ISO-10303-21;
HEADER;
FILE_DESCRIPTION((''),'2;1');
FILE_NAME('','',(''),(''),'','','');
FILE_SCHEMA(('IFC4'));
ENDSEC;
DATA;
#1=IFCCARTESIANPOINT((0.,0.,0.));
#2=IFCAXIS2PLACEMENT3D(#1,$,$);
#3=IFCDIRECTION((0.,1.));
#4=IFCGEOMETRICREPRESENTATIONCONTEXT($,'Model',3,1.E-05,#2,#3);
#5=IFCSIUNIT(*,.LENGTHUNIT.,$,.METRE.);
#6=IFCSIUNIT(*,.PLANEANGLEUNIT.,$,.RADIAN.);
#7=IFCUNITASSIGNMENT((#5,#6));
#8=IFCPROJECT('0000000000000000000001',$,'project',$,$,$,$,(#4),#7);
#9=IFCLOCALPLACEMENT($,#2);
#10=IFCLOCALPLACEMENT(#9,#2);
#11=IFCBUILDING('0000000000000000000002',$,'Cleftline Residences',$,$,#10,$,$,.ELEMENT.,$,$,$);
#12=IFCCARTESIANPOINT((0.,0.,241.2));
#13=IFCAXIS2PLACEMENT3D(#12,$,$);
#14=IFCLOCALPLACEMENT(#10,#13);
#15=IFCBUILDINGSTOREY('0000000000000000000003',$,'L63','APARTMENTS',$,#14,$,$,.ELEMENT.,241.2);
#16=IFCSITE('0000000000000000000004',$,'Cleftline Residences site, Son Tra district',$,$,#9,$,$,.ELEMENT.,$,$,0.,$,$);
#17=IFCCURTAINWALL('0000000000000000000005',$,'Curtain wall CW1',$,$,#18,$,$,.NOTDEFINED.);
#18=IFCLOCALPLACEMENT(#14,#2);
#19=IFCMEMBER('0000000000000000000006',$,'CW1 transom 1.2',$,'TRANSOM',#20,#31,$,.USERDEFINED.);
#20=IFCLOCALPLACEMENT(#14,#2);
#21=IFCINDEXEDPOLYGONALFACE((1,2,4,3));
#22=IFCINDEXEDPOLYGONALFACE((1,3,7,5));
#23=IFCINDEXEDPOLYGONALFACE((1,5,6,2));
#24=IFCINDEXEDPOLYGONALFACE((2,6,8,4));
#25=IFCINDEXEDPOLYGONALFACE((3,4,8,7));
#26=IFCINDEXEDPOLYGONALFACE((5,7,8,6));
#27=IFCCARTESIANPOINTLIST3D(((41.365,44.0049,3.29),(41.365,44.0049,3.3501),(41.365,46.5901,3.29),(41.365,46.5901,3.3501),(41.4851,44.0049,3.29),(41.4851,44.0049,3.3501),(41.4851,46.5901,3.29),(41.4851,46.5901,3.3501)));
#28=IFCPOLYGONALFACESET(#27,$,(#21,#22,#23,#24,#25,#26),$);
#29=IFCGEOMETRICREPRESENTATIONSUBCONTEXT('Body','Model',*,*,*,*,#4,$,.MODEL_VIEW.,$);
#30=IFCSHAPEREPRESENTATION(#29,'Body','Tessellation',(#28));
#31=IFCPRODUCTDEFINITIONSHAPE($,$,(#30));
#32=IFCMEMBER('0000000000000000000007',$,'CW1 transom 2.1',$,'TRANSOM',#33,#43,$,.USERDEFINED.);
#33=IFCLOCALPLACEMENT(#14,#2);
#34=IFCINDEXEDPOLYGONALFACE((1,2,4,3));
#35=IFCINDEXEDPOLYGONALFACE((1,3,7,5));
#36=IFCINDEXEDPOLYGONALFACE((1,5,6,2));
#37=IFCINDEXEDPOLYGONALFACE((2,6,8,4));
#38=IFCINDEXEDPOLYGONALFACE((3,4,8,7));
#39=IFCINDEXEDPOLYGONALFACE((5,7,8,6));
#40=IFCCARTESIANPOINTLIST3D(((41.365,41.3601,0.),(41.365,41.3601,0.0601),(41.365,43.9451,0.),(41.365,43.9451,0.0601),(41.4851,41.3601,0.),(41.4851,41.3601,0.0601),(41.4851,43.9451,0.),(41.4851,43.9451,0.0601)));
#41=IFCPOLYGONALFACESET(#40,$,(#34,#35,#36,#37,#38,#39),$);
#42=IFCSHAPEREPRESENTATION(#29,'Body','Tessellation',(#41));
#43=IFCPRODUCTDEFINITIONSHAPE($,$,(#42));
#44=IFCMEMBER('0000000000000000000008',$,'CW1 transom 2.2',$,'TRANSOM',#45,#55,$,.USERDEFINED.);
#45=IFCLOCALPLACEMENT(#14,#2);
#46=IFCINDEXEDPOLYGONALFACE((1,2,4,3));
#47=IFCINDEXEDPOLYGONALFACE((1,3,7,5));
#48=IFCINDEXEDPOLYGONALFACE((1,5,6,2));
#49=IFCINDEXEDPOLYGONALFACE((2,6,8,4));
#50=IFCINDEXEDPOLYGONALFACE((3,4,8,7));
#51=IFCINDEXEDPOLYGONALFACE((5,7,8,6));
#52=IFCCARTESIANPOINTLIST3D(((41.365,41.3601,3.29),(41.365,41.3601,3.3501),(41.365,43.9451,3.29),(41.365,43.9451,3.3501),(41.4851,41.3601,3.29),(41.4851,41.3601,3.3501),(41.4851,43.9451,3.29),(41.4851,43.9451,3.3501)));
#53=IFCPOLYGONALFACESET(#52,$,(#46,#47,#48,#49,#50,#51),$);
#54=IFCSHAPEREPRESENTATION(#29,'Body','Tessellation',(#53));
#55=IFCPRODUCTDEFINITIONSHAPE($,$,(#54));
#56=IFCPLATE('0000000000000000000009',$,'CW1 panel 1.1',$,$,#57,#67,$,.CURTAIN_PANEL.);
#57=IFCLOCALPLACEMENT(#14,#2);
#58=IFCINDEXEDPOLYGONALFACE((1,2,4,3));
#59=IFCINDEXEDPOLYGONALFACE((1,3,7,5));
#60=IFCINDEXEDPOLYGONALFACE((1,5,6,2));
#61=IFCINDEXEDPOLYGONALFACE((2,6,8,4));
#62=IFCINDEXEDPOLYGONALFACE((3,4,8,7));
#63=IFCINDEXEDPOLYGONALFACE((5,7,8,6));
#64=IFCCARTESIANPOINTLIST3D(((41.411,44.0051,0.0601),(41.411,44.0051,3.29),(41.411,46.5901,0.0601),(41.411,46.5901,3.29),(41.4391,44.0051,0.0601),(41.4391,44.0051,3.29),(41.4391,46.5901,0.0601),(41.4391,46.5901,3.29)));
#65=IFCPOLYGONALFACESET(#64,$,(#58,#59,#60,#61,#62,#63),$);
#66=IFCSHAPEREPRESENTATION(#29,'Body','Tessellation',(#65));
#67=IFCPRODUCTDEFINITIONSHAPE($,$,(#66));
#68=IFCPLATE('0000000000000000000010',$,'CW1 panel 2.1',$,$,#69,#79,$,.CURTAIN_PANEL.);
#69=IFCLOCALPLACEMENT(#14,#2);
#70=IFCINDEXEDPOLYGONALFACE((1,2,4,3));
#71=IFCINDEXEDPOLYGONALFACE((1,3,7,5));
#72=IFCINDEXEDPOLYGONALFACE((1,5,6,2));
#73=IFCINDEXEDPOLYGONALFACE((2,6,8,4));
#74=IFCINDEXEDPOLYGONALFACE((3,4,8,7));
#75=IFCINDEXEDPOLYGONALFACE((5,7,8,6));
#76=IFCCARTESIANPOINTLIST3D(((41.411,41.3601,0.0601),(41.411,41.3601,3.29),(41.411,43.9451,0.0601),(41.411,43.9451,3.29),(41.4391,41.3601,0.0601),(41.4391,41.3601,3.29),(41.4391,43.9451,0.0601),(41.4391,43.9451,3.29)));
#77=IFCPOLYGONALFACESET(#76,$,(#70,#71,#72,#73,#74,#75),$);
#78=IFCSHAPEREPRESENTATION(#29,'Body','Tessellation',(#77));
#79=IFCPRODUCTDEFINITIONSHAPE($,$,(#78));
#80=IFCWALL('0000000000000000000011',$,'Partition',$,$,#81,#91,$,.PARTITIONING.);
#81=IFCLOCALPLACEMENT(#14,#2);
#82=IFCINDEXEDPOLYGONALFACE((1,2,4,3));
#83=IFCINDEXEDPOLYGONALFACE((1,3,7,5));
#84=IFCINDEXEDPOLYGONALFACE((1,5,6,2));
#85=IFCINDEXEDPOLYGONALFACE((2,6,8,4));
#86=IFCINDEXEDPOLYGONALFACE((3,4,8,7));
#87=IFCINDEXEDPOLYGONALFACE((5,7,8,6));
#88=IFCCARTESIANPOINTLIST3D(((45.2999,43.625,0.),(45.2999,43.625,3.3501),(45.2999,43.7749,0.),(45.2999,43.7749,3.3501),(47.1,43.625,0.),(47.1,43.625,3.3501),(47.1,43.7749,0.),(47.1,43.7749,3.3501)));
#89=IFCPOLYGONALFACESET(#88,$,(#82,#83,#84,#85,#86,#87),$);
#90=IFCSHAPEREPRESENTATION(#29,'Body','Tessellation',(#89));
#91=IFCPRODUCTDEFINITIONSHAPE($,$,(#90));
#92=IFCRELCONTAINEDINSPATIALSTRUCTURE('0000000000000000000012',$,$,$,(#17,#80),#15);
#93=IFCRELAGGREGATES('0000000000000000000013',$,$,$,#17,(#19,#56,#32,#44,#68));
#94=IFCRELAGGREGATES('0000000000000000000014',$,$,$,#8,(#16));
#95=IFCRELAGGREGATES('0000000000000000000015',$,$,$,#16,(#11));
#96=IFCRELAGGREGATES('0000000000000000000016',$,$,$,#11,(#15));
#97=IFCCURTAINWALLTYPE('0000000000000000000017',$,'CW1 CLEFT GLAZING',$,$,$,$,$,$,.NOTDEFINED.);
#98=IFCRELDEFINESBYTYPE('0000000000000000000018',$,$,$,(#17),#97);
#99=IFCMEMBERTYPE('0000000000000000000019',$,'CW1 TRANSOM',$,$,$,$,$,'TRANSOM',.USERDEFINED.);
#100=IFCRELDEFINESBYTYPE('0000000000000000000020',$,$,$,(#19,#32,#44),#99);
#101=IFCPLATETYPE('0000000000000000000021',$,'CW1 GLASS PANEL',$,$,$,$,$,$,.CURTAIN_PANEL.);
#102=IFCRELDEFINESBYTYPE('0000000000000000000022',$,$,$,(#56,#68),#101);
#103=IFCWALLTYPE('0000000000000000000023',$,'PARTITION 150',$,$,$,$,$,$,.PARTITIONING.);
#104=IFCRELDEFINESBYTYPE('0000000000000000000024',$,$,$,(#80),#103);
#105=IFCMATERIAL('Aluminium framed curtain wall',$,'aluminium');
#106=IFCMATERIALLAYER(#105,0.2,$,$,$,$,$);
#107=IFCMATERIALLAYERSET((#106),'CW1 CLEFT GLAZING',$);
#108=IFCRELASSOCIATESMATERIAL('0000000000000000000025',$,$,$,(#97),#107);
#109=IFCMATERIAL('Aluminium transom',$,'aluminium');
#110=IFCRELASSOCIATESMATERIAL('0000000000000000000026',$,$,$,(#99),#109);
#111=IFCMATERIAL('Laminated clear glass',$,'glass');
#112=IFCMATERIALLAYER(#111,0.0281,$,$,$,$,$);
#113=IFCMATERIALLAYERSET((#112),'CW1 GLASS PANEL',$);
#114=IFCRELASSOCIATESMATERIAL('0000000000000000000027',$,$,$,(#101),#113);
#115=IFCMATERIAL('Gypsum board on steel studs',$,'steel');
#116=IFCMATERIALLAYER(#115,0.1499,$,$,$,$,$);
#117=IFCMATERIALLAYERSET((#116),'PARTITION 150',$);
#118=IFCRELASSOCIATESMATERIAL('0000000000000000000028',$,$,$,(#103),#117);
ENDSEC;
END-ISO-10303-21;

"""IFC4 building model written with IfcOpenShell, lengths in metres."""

from ifc_helpers import new_model, si_unit, direction, frame, frame_2d, origin, origin_2d, place, context, subcontext, project, spatial, rectangle, extrude, material, layer, layer_set, material_profile, profile_set, type_object, element, aggregate, save


model = new_model("IFC4")

# Units and contexts
model_context = context("Model", 3, precision=1e-05, world=origin(), true_north=direction((0.0, 1.0)))
body_context = subcontext(model_context, "Body", "Model", "MODEL_VIEW")
ifc_project = project(units=[si_unit("LENGTHUNIT", "METRE"), si_unit("PLANEANGLEUNIT", "RADIAN")], contexts=[model_context])

# Site, building, storey
site_placement = place(None, origin())
site = spatial("IfcSite", under=ifc_project, at=site_placement, Name="Cleftline Residences site, Son Tra district", CompositionType="ELEMENT", RefElevation=0.0)
building_placement = place(site_placement, origin())
building = spatial("IfcBuilding", under=site, at=building_placement, Name="Cleftline Residences", CompositionType="ELEMENT")
storey_placement = place(building_placement, frame((0.0, 0.0, 241.2)))
storey = spatial("IfcBuildingStorey", under=building, at=storey_placement, Name="L63", Description="APARTMENTS", CompositionType="ELEMENT", Elevation=241.2)

# Curtain wall, members, plates
ifc_material_1 = material(Name="Aluminium framed curtain wall", Category="aluminium")
ifc_layer_1 = layer(ifc_material_1, 0.2)
ifc_layer_set_1 = layer_set([ifc_layer_1], Name="CW1 CLEFT GLAZING")
curtain_wall_type = type_object("IfcCurtainWallType", Name="CW1 CLEFT GLAZING", PredefinedType="NOTDEFINED", material=ifc_layer_set_1)
curtain_wall_placement = place(storey_placement, origin())
curtain_wall = element("IfcCurtainWall", 1, at=curtain_wall_placement, inside=storey, type_object=curtain_wall_type, Name="Curtain wall CW1", PredefinedType="NOTDEFINED")
ifc_material_2 = material(Name="Aluminium transom", Category="aluminium")
ifc_material_profile_1 = material_profile(ifc_material_2, rectangle(XDim=0.1201, YDim=0.0601, at=origin_2d()))
ifc_profile_set_1 = profile_set([ifc_material_profile_1], Name="Aluminium transom")
member_type_1 = type_object("IfcMemberType", Name="CW1 TRANSOM", ElementType="TRANSOM", PredefinedType="USERDEFINED", material=ifc_profile_set_1)
member_1_placement = place(storey_placement, frame((41.425, 46.5901, 3.3201), z_axis=(0.0, -1.0, 0.0), x_axis=(1.0, 0.0, 0.0)))
member_1 = element("IfcMember", 2, at=member_1_placement, type_object=member_type_1, Name="CW1 transom 1.2", ObjectType="TRANSOM", PredefinedType="USERDEFINED", context=body_context, shape_type="SweptSolid", body=[
    extrude(rectangle(XDim=0.1201, YDim=0.0601, at=origin_2d()), origin(), (0.0, 0.0, 1.0), 2.5852),
])
member_2_placement = place(storey_placement, frame((41.425, 43.9451, 0.03), z_axis=(0.0, -1.0, 0.0), x_axis=(1.0, 0.0, 0.0)))
member_2 = element("IfcMember", 3, at=member_2_placement, type_object=member_type_1, Name="CW1 transom 2.1", ObjectType="TRANSOM", PredefinedType="USERDEFINED", context=body_context, shape_type="SweptSolid", body=[
    extrude(rectangle(XDim=0.1201, YDim=0.0601, at=origin_2d()), origin(), (0.0, 0.0, 1.0), 2.585),
])
member_3_placement = place(storey_placement, frame((41.425, 43.9451, 3.3201), z_axis=(0.0, -1.0, 0.0), x_axis=(1.0, 0.0, 0.0)))
member_3 = element("IfcMember", 4, at=member_3_placement, type_object=member_type_1, Name="CW1 transom 2.2", ObjectType="TRANSOM", PredefinedType="USERDEFINED", context=body_context, shape_type="SweptSolid", body=[
    extrude(rectangle(XDim=0.1201, YDim=0.0601, at=origin_2d()), origin(), (0.0, 0.0, 1.0), 2.585),
])
ifc_material_3 = material(Name="Laminated clear glass", Category="glass")
ifc_layer_2 = layer(ifc_material_3, 0.0281)
ifc_layer_set_2 = layer_set([ifc_layer_2], Name="CW1 GLASS PANEL")
plate_type = type_object("IfcPlateType", Name="CW1 GLASS PANEL", PredefinedType="CURTAIN_PANEL", material=ifc_layer_set_2)
plate_1_placement = place(storey_placement, frame((41.425, 45.2976, 0.0601), z_axis=(0.0, 0.0, 1.0), x_axis=(0.0, -1.0, 0.0)))
plate_1 = element("IfcPlate", 5, at=plate_1_placement, type_object=plate_type, Name="CW1 panel 1.1", PredefinedType="CURTAIN_PANEL", context=body_context, shape_type="SweptSolid", body=[
    extrude(rectangle(XDim=2.585, YDim=0.0281, at=origin_2d()), origin(), (0.0, 0.0, 1.0), 3.23),
])
plate_2_placement = place(storey_placement, frame((41.425, 42.6526, 0.0601), z_axis=(0.0, 0.0, 1.0), x_axis=(0.0, -1.0, 0.0)))
plate_2 = element("IfcPlate", 6, at=plate_2_placement, type_object=plate_type, Name="CW1 panel 2.1", PredefinedType="CURTAIN_PANEL", context=body_context, shape_type="SweptSolid", body=[
    extrude(rectangle(XDim=2.585, YDim=0.0281, at=origin_2d()), origin(), (0.0, 0.0, 1.0), 3.23),
])
aggregate(curtain_wall, [member_1, plate_1, member_2, member_3, plate_2])

# Wall
ifc_material_4 = material(Name="Gypsum board on steel studs", Category="steel")
ifc_layer_3 = layer(ifc_material_4, 0.1499)
ifc_layer_set_3 = layer_set([ifc_layer_3], Name="PARTITION 150")
wall_type = type_object("IfcWallType", Name="PARTITION 150", PredefinedType="PARTITIONING", material=ifc_layer_set_3)
wall_placement = place(storey_placement, frame((45.3, 43.7, 0.0), z_axis=(0.0, 0.0, 1.0), x_axis=(1.0, 0.0, 0.0)))
element("IfcWall", 7, at=wall_placement, inside=storey, type_object=wall_type, Name="Partition", PredefinedType="PARTITIONING", context=body_context, shape_type="SweptSolid", body=[
    extrude(rectangle(XDim=1.8, YDim=0.1499, at=frame_2d((0.8999, 0.0))), origin(), (0.0, 0.0, 1.0), 3.3501),
])

save(model, "model.ifc")
